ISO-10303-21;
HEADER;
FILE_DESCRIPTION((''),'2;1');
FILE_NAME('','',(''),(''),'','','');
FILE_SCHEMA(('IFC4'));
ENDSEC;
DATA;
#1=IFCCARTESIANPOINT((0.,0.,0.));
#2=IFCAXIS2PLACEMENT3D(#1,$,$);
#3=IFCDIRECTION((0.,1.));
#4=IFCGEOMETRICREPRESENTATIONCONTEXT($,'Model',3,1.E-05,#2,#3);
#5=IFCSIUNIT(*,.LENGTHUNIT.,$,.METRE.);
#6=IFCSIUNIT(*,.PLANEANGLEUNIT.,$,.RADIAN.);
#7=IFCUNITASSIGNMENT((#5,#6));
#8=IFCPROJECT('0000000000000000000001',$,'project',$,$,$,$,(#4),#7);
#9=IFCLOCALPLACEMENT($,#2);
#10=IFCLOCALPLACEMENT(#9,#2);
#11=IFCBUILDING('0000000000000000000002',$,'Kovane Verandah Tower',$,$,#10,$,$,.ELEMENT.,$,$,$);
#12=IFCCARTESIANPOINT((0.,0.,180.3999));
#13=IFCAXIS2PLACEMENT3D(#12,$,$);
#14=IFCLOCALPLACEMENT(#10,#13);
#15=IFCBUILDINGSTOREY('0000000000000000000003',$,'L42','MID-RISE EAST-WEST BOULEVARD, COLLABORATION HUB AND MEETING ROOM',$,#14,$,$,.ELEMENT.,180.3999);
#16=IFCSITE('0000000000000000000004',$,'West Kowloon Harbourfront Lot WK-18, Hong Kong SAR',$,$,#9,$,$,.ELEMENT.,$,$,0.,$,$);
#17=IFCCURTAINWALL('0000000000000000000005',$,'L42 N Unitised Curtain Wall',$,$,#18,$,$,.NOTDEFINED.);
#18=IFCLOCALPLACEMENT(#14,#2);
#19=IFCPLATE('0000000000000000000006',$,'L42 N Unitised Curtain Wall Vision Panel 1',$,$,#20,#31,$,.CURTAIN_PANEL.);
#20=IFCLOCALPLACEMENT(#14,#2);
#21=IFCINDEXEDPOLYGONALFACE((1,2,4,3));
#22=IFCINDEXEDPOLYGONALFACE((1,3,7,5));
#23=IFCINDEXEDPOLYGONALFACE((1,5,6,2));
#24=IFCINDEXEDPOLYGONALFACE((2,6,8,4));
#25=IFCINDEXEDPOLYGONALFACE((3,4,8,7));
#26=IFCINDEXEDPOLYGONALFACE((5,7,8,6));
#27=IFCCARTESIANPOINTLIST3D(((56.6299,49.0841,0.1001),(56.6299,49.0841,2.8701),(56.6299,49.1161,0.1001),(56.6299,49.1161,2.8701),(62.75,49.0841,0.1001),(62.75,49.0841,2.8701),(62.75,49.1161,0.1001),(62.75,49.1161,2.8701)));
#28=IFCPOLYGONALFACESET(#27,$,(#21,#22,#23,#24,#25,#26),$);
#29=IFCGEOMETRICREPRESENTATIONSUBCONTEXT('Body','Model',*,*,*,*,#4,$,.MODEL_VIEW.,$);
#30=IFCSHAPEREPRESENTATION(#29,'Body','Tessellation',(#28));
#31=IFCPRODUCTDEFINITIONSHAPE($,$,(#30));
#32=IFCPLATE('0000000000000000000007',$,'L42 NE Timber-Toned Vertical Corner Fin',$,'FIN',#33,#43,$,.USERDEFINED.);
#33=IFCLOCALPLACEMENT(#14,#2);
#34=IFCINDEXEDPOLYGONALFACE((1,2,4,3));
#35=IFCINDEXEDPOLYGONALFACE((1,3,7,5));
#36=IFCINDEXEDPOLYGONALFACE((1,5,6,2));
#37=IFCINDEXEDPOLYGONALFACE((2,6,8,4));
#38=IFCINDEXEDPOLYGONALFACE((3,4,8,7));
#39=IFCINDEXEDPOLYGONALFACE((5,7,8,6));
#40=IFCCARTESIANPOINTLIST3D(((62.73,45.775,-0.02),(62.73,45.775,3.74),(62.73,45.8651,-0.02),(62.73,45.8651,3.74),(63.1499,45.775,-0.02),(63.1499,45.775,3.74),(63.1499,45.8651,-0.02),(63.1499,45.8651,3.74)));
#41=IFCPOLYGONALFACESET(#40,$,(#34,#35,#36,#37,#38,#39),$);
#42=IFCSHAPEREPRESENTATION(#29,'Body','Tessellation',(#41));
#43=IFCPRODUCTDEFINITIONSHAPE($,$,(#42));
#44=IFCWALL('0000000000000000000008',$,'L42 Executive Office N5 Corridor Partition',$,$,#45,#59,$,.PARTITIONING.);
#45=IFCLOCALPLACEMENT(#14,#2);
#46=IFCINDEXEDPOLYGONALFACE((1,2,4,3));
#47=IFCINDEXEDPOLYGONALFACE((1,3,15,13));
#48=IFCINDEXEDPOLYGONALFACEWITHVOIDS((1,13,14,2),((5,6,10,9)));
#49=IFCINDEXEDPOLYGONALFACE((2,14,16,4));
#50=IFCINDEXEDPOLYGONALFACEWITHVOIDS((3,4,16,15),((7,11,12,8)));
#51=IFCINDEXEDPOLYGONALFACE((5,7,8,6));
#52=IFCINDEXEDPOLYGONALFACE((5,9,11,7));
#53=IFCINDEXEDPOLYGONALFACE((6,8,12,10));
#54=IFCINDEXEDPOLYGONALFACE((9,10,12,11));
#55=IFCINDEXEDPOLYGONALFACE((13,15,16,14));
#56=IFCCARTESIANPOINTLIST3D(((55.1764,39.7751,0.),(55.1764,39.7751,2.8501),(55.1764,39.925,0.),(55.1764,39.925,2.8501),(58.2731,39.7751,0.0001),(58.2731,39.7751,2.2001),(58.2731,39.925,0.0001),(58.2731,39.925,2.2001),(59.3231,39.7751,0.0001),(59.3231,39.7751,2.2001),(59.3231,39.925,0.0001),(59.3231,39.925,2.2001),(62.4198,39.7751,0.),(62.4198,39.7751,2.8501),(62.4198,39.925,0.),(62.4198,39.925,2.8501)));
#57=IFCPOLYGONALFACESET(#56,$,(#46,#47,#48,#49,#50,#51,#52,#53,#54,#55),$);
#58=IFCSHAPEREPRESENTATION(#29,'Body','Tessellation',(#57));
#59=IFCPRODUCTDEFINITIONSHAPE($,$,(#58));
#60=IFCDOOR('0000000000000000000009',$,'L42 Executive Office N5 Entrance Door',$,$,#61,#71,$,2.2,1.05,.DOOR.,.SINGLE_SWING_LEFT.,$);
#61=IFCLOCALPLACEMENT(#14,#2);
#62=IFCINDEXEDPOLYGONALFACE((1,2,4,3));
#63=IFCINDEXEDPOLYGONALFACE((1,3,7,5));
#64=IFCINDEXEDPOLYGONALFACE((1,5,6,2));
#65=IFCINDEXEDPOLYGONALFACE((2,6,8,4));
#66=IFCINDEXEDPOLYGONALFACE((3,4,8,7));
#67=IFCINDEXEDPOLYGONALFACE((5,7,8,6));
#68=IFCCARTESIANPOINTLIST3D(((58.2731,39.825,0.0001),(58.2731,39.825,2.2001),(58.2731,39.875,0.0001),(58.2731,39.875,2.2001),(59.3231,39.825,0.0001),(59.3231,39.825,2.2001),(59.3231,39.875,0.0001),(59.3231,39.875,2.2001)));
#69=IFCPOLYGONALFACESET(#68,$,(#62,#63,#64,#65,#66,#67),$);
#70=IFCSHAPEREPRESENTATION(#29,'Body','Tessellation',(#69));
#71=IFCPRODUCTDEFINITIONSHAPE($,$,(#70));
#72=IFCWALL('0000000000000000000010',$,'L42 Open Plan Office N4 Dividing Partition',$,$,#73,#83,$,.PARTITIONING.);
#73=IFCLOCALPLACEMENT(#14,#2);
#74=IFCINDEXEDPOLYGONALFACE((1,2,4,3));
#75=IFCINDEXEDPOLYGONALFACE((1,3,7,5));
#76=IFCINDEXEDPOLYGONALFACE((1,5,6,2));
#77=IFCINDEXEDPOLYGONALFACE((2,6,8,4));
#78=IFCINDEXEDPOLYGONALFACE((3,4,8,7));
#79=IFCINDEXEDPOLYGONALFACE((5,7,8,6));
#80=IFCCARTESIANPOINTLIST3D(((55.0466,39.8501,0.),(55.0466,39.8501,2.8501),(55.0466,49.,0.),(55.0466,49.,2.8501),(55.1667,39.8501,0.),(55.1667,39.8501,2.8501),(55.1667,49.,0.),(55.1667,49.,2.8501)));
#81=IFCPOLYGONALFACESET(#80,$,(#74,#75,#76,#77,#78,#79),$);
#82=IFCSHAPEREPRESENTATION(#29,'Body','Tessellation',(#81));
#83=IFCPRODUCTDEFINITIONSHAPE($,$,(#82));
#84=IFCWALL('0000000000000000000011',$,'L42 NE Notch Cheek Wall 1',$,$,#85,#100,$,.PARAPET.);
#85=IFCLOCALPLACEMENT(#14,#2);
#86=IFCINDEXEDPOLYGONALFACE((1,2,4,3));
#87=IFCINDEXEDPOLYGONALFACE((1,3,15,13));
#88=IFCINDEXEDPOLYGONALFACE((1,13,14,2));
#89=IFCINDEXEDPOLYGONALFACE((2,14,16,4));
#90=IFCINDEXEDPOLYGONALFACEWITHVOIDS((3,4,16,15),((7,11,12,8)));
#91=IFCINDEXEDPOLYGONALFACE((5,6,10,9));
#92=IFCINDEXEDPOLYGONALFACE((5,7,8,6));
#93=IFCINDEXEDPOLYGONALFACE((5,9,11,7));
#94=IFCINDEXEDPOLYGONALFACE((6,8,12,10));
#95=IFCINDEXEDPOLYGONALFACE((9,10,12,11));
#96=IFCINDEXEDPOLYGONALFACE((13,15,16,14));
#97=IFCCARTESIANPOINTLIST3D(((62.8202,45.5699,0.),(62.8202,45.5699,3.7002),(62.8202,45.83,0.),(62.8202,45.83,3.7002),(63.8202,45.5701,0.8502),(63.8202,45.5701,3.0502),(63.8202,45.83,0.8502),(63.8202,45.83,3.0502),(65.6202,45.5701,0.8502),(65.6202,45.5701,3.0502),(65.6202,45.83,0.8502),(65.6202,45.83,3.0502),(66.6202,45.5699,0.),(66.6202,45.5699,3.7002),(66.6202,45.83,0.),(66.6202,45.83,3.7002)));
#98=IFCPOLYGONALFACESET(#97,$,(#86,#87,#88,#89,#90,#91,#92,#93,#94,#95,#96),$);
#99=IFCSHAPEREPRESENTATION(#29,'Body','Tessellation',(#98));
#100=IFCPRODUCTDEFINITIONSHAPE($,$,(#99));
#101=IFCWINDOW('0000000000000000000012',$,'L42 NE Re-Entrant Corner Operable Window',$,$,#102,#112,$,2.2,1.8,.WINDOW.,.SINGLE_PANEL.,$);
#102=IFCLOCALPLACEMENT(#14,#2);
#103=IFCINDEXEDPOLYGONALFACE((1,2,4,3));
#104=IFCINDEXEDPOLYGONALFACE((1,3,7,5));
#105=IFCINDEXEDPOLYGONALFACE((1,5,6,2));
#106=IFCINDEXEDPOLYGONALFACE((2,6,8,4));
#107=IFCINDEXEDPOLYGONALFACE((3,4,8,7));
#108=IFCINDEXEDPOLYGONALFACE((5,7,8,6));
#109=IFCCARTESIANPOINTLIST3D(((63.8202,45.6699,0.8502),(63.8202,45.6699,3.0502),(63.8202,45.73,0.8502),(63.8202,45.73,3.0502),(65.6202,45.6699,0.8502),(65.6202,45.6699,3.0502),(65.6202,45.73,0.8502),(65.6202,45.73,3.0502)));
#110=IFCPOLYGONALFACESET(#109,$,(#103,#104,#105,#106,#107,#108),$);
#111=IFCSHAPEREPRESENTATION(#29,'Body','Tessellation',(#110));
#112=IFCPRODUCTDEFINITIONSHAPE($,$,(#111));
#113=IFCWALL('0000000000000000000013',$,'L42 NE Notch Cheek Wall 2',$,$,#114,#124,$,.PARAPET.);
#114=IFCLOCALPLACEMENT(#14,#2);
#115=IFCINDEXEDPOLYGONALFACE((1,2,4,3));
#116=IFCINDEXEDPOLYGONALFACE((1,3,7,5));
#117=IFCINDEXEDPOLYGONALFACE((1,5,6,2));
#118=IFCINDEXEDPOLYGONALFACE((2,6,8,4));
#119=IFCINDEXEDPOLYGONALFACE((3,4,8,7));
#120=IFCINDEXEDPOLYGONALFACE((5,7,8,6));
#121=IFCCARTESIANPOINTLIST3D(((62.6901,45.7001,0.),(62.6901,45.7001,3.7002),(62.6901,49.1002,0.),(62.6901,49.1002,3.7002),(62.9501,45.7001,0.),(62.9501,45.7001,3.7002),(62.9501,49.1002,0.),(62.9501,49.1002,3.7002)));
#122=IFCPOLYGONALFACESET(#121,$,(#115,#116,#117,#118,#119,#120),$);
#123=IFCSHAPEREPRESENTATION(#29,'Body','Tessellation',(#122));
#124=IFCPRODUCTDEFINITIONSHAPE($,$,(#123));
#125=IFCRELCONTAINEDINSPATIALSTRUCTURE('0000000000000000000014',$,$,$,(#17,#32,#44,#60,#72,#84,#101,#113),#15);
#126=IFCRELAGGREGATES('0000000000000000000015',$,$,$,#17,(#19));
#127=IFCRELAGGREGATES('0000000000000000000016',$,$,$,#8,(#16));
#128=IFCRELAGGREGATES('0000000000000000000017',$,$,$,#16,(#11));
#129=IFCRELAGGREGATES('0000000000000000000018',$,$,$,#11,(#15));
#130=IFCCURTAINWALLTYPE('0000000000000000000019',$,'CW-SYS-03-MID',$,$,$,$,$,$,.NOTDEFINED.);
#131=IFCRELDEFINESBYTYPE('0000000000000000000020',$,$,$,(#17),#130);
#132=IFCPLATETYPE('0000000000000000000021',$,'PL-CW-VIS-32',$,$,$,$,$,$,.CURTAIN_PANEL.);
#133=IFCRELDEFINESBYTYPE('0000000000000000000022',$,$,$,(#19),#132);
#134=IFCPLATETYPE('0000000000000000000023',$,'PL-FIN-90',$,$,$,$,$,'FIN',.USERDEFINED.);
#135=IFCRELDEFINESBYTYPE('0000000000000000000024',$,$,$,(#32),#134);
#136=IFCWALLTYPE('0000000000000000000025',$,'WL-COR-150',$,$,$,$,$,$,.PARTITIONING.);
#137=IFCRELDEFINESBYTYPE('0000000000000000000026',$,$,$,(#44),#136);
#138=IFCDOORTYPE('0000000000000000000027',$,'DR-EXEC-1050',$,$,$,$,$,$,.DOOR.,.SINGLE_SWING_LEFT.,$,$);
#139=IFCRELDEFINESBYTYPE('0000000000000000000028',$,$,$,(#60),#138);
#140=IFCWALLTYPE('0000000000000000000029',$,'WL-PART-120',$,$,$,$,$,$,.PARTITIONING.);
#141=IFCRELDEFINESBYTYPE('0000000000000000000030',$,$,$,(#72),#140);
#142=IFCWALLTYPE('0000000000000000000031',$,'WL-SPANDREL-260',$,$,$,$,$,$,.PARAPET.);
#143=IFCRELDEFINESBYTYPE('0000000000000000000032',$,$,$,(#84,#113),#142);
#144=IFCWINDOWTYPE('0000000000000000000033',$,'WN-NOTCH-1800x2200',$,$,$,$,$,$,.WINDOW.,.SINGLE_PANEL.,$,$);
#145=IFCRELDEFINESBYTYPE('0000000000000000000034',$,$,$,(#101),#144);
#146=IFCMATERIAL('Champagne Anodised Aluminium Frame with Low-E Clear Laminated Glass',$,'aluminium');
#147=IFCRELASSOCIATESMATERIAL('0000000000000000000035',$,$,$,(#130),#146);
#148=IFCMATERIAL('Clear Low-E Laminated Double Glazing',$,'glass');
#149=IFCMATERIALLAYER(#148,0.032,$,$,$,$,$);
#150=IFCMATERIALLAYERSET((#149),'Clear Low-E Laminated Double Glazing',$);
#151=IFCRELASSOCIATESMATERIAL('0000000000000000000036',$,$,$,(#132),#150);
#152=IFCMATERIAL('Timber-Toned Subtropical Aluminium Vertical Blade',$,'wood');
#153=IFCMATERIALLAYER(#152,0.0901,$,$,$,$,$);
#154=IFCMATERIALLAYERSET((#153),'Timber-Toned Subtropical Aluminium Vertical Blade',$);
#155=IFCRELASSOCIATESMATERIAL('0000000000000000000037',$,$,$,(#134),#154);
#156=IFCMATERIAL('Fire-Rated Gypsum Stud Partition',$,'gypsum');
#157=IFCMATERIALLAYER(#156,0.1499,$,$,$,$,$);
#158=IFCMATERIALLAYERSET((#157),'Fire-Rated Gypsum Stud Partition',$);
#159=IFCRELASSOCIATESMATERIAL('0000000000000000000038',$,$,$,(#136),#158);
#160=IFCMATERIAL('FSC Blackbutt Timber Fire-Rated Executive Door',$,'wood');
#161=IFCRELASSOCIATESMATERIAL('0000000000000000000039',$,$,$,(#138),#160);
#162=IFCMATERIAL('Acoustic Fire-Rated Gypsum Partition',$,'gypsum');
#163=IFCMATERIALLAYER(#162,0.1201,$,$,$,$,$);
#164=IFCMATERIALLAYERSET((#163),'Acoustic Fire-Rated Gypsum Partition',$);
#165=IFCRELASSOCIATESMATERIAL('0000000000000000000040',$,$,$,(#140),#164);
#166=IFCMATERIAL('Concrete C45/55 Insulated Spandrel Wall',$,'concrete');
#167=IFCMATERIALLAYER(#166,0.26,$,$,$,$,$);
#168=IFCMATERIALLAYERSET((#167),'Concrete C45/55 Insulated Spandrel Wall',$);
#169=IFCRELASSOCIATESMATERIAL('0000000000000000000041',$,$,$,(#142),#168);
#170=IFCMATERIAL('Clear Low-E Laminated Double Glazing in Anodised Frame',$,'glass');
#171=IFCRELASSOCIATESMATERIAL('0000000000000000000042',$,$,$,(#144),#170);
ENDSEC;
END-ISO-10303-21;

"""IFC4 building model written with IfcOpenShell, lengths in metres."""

from ifc_helpers import new_model, si_unit, direction, frame, frame_2d, origin, origin_2d, place, context, subcontext, project, spatial, rectangle, extrude, material, layer, layer_set, type_object, element, fill, aggregate, save


model = new_model("IFC4")

# Units and contexts
model_context = context("Model", 3, precision=1e-05, world=origin(), true_north=direction((0.0, 1.0)))
body_context = subcontext(model_context, "Body", "Model", "MODEL_VIEW")
ifc_project = project(units=[si_unit("LENGTHUNIT", "METRE"), si_unit("PLANEANGLEUNIT", "RADIAN")], contexts=[model_context])

# Site, building, storey
site_placement = place(None, origin())
site = spatial("IfcSite", under=ifc_project, at=site_placement, Name="West Kowloon Harbourfront Lot WK-18, Hong Kong SAR", CompositionType="ELEMENT", RefElevation=0.0)
building_placement = place(site_placement, origin())
building = spatial("IfcBuilding", under=site, at=building_placement, Name="Kovane Verandah Tower", CompositionType="ELEMENT")
storey_placement = place(building_placement, frame((0.0, 0.0, 180.3999)))
storey = spatial("IfcBuildingStorey", under=building, at=storey_placement, Name="L42", Description="MID-RISE EAST-WEST BOULEVARD, COLLABORATION HUB AND MEETING ROOM", CompositionType="ELEMENT", Elevation=180.3999)

# Curtain wall
ifc_material_1 = material(Name="Champagne Anodised Aluminium Frame with Low-E Clear Laminated Glass", Category="aluminium")
curtain_wall_type = type_object("IfcCurtainWallType", Name="CW-SYS-03-MID", PredefinedType="NOTDEFINED", material=ifc_material_1)
curtain_wall_placement = place(storey_placement, origin())
curtain_wall = element("IfcCurtainWall", 1, at=curtain_wall_placement, inside=storey, type_object=curtain_wall_type, Name="L42 N Unitised Curtain Wall", PredefinedType="NOTDEFINED")

# Plates
ifc_material_2 = material(Name="Clear Low-E Laminated Double Glazing", Category="glass")
ifc_layer_1 = layer(ifc_material_2, 0.032)
ifc_layer_set_1 = layer_set([ifc_layer_1], Name="Clear Low-E Laminated Double Glazing")
plate_type_1 = type_object("IfcPlateType", Name="PL-CW-VIS-32", PredefinedType="CURTAIN_PANEL", material=ifc_layer_set_1)
plate_1_placement = place(storey_placement, frame((59.6899, 49.1001, 0.1001), z_axis=(0.0, 0.0, 1.0), x_axis=(-1.0, 0.0, 0.0)))
plate_1 = element("IfcPlate", 2, at=plate_1_placement, type_object=plate_type_1, Name="L42 N Unitised Curtain Wall Vision Panel 1", PredefinedType="CURTAIN_PANEL", context=body_context, shape_type="SweptSolid", body=[
    extrude(rectangle(XDim=6.1201, YDim=0.032, at=origin_2d()), origin(), (0.0, 0.0, 1.0), 2.77),
])
aggregate(curtain_wall, [plate_1])
ifc_material_3 = material(Name="Timber-Toned Subtropical Aluminium Vertical Blade", Category="wood")
ifc_layer_2 = layer(ifc_material_3, 0.0901)
ifc_layer_set_2 = layer_set([ifc_layer_2], Name="Timber-Toned Subtropical Aluminium Vertical Blade")
plate_type_2 = type_object("IfcPlateType", Name="PL-FIN-90", ElementType="FIN", PredefinedType="USERDEFINED", material=ifc_layer_set_2)
plate_2_placement = place(storey_placement, frame((62.9399, 45.8201, -0.02), z_axis=(0.0, 0.0, 1.0), x_axis=(1.0, 0.0, 0.0)))
element("IfcPlate", 3, at=plate_2_placement, inside=storey, type_object=plate_type_2, Name="L42 NE Timber-Toned Vertical Corner Fin", ObjectType="FIN", PredefinedType="USERDEFINED", context=body_context, shape_type="SweptSolid", body=[
    extrude(rectangle(XDim=0.4199, YDim=0.0901, at=origin_2d()), origin(), (0.0, 0.0, 1.0), 3.76),
])

# Wall, opening, door
ifc_material_4 = material(Name="Fire-Rated Gypsum Stud Partition", Category="gypsum")
ifc_layer_3 = layer(ifc_material_4, 0.1499)
ifc_layer_set_3 = layer_set([ifc_layer_3], Name="Fire-Rated Gypsum Stud Partition")
wall_type_1 = type_object("IfcWallType", Name="WL-COR-150", PredefinedType="PARTITIONING", material=ifc_layer_set_3)
wall_1_placement = place(storey_placement, frame((55.1765, 39.8501, 0.0), z_axis=(0.0, 0.0, 1.0), x_axis=(1.0, 0.0, 0.0)))
wall_1 = element("IfcWall", 4, at=wall_1_placement, inside=storey, type_object=wall_type_1, Name="L42 Executive Office N5 Corridor Partition", PredefinedType="PARTITIONING", context=body_context, shape_type="SweptSolid", body=[
    extrude(rectangle(XDim=7.2434, YDim=0.1499, at=frame_2d((3.6216, 0.0))), origin(), (0.0, 0.0, 1.0), 2.8501),
])
opening_1_placement = place(wall_1_placement, frame((3.0967, 0.0, 0.0)))
opening_1 = element("IfcOpeningElement", 5, at=opening_1_placement, cuts=wall_1, PredefinedType="OPENING", context=body_context, shape_type="SweptSolid", body=[
    extrude(rectangle(XDim=1.05, YDim=2.2, at=frame_2d((0.5249, 1.1001))), frame((0.0, 0.075, 0.0), z_axis=(0.0, -1.0, 0.0), x_axis=(1.0, 0.0, 0.0)), (0.0, 0.0, 1.0), 0.1499),
])
ifc_material_5 = material(Name="FSC Blackbutt Timber Fire-Rated Executive Door", Category="wood")
door_type = type_object("IfcDoorType", Name="DR-EXEC-1050", OperationType="SINGLE_SWING_LEFT", PredefinedType="DOOR", material=ifc_material_5)
door_placement = place(opening_1_placement, origin())
door = element("IfcDoor", 6, at=door_placement, inside=storey, type_object=door_type, Name="L42 Executive Office N5 Entrance Door", OperationType="SINGLE_SWING_LEFT", OverallHeight=2.2, OverallWidth=1.05, PredefinedType="DOOR", context=body_context, shape_type="SweptSolid", body=[
    extrude(rectangle(XDim=1.05, YDim=2.2, at=frame_2d((0.5249, 1.1001))), frame((0.0, 0.0249, 0.0), z_axis=(0.0, -1.0, 0.0), x_axis=(1.0, 0.0, 0.0)), (0.0, 0.0, 1.0), 0.05),
])
fill(opening_1, door)

# Wall
ifc_material_6 = material(Name="Acoustic Fire-Rated Gypsum Partition", Category="gypsum")
ifc_layer_4 = layer(ifc_material_6, 0.1201)
ifc_layer_set_4 = layer_set([ifc_layer_4], Name="Acoustic Fire-Rated Gypsum Partition")
wall_type_2 = type_object("IfcWallType", Name="WL-PART-120", PredefinedType="PARTITIONING", material=ifc_layer_set_4)
wall_2_placement = place(storey_placement, frame((55.1067, 39.8501, 0.0), z_axis=(0.0, 0.0, 1.0), x_axis=(0.0, 1.0, 0.0)))
element("IfcWall", 7, at=wall_2_placement, inside=storey, type_object=wall_type_2, Name="L42 Open Plan Office N4 Dividing Partition", PredefinedType="PARTITIONING", context=body_context, shape_type="SweptSolid", body=[
    extrude(rectangle(XDim=9.1499, YDim=0.1201, at=frame_2d((4.575, 0.0))), origin(), (0.0, 0.0, 1.0), 2.8501),
])

# Wall, opening, window
ifc_material_7 = material(Name="Concrete C45/55 Insulated Spandrel Wall", Category="concrete")
ifc_layer_5 = layer(ifc_material_7, 0.26)
ifc_layer_set_5 = layer_set([ifc_layer_5], Name="Concrete C45/55 Insulated Spandrel Wall")
wall_type_3 = type_object("IfcWallType", Name="WL-SPANDREL-260", PredefinedType="PARAPET", material=ifc_layer_set_5)
wall_3_placement = place(storey_placement, frame((66.6201, 45.7, 0.0), z_axis=(0.0, 0.0, 1.0), x_axis=(-1.0, 0.0, 0.0)))
wall_3 = element("IfcWall", 8, at=wall_3_placement, inside=storey, type_object=wall_type_3, Name="L42 NE Notch Cheek Wall 1", PredefinedType="PARAPET", context=body_context, shape_type="SweptSolid", body=[
    extrude(rectangle(XDim=3.8, YDim=0.26, at=frame_2d((1.8999, 0.0))), origin(), (0.0, 0.0, 1.0), 3.7002),
])
opening_2_placement = place(wall_3_placement, frame((1.0, 0.0, 0.8501)))
opening_2 = element("IfcOpeningElement", 9, at=opening_2_placement, cuts=wall_3, PredefinedType="OPENING", context=body_context, shape_type="SweptSolid", body=[
    extrude(rectangle(XDim=1.8, YDim=2.2, at=frame_2d((0.8999, 1.1001))), frame((0.0, 0.1299, 0.0), z_axis=(0.0, -1.0, 0.0), x_axis=(1.0, 0.0, 0.0)), (0.0, 0.0, 1.0), 0.26),
])
ifc_material_8 = material(Name="Clear Low-E Laminated Double Glazing in Anodised Frame", Category="glass")
window_type = type_object("IfcWindowType", Name="WN-NOTCH-1800x2200", PartitioningType="SINGLE_PANEL", PredefinedType="WINDOW", material=ifc_material_8)
window_placement = place(opening_2_placement, origin())
window = element("IfcWindow", 10, at=window_placement, inside=storey, type_object=window_type, Name="L42 NE Re-Entrant Corner Operable Window", OverallHeight=2.2, OverallWidth=1.8, PartitioningType="SINGLE_PANEL", PredefinedType="WINDOW", context=body_context, shape_type="SweptSolid", body=[
    extrude(rectangle(XDim=1.8, YDim=2.2, at=frame_2d((0.8999, 1.1001))), frame((0.0, 0.03, 0.0), z_axis=(0.0, -1.0, 0.0), x_axis=(1.0, 0.0, 0.0)), (0.0, 0.0, 1.0), 0.0601),
])
fill(opening_2, window)

# Wall
wall_4_placement = place(storey_placement, frame((62.8201, 45.7, 0.0), z_axis=(0.0, 0.0, 1.0), x_axis=(0.0, 1.0, 0.0)))
element("IfcWall", 11, at=wall_4_placement, inside=storey, type_object=wall_type_3, Name="L42 NE Notch Cheek Wall 2", PredefinedType="PARAPET", context=body_context, shape_type="SweptSolid", body=[
    extrude(rectangle(XDim=3.4001, YDim=0.26, at=frame_2d((1.7002, 0.0))), origin(), (0.0, 0.0, 1.0), 3.7002),
])

save(model, "model.ifc")
